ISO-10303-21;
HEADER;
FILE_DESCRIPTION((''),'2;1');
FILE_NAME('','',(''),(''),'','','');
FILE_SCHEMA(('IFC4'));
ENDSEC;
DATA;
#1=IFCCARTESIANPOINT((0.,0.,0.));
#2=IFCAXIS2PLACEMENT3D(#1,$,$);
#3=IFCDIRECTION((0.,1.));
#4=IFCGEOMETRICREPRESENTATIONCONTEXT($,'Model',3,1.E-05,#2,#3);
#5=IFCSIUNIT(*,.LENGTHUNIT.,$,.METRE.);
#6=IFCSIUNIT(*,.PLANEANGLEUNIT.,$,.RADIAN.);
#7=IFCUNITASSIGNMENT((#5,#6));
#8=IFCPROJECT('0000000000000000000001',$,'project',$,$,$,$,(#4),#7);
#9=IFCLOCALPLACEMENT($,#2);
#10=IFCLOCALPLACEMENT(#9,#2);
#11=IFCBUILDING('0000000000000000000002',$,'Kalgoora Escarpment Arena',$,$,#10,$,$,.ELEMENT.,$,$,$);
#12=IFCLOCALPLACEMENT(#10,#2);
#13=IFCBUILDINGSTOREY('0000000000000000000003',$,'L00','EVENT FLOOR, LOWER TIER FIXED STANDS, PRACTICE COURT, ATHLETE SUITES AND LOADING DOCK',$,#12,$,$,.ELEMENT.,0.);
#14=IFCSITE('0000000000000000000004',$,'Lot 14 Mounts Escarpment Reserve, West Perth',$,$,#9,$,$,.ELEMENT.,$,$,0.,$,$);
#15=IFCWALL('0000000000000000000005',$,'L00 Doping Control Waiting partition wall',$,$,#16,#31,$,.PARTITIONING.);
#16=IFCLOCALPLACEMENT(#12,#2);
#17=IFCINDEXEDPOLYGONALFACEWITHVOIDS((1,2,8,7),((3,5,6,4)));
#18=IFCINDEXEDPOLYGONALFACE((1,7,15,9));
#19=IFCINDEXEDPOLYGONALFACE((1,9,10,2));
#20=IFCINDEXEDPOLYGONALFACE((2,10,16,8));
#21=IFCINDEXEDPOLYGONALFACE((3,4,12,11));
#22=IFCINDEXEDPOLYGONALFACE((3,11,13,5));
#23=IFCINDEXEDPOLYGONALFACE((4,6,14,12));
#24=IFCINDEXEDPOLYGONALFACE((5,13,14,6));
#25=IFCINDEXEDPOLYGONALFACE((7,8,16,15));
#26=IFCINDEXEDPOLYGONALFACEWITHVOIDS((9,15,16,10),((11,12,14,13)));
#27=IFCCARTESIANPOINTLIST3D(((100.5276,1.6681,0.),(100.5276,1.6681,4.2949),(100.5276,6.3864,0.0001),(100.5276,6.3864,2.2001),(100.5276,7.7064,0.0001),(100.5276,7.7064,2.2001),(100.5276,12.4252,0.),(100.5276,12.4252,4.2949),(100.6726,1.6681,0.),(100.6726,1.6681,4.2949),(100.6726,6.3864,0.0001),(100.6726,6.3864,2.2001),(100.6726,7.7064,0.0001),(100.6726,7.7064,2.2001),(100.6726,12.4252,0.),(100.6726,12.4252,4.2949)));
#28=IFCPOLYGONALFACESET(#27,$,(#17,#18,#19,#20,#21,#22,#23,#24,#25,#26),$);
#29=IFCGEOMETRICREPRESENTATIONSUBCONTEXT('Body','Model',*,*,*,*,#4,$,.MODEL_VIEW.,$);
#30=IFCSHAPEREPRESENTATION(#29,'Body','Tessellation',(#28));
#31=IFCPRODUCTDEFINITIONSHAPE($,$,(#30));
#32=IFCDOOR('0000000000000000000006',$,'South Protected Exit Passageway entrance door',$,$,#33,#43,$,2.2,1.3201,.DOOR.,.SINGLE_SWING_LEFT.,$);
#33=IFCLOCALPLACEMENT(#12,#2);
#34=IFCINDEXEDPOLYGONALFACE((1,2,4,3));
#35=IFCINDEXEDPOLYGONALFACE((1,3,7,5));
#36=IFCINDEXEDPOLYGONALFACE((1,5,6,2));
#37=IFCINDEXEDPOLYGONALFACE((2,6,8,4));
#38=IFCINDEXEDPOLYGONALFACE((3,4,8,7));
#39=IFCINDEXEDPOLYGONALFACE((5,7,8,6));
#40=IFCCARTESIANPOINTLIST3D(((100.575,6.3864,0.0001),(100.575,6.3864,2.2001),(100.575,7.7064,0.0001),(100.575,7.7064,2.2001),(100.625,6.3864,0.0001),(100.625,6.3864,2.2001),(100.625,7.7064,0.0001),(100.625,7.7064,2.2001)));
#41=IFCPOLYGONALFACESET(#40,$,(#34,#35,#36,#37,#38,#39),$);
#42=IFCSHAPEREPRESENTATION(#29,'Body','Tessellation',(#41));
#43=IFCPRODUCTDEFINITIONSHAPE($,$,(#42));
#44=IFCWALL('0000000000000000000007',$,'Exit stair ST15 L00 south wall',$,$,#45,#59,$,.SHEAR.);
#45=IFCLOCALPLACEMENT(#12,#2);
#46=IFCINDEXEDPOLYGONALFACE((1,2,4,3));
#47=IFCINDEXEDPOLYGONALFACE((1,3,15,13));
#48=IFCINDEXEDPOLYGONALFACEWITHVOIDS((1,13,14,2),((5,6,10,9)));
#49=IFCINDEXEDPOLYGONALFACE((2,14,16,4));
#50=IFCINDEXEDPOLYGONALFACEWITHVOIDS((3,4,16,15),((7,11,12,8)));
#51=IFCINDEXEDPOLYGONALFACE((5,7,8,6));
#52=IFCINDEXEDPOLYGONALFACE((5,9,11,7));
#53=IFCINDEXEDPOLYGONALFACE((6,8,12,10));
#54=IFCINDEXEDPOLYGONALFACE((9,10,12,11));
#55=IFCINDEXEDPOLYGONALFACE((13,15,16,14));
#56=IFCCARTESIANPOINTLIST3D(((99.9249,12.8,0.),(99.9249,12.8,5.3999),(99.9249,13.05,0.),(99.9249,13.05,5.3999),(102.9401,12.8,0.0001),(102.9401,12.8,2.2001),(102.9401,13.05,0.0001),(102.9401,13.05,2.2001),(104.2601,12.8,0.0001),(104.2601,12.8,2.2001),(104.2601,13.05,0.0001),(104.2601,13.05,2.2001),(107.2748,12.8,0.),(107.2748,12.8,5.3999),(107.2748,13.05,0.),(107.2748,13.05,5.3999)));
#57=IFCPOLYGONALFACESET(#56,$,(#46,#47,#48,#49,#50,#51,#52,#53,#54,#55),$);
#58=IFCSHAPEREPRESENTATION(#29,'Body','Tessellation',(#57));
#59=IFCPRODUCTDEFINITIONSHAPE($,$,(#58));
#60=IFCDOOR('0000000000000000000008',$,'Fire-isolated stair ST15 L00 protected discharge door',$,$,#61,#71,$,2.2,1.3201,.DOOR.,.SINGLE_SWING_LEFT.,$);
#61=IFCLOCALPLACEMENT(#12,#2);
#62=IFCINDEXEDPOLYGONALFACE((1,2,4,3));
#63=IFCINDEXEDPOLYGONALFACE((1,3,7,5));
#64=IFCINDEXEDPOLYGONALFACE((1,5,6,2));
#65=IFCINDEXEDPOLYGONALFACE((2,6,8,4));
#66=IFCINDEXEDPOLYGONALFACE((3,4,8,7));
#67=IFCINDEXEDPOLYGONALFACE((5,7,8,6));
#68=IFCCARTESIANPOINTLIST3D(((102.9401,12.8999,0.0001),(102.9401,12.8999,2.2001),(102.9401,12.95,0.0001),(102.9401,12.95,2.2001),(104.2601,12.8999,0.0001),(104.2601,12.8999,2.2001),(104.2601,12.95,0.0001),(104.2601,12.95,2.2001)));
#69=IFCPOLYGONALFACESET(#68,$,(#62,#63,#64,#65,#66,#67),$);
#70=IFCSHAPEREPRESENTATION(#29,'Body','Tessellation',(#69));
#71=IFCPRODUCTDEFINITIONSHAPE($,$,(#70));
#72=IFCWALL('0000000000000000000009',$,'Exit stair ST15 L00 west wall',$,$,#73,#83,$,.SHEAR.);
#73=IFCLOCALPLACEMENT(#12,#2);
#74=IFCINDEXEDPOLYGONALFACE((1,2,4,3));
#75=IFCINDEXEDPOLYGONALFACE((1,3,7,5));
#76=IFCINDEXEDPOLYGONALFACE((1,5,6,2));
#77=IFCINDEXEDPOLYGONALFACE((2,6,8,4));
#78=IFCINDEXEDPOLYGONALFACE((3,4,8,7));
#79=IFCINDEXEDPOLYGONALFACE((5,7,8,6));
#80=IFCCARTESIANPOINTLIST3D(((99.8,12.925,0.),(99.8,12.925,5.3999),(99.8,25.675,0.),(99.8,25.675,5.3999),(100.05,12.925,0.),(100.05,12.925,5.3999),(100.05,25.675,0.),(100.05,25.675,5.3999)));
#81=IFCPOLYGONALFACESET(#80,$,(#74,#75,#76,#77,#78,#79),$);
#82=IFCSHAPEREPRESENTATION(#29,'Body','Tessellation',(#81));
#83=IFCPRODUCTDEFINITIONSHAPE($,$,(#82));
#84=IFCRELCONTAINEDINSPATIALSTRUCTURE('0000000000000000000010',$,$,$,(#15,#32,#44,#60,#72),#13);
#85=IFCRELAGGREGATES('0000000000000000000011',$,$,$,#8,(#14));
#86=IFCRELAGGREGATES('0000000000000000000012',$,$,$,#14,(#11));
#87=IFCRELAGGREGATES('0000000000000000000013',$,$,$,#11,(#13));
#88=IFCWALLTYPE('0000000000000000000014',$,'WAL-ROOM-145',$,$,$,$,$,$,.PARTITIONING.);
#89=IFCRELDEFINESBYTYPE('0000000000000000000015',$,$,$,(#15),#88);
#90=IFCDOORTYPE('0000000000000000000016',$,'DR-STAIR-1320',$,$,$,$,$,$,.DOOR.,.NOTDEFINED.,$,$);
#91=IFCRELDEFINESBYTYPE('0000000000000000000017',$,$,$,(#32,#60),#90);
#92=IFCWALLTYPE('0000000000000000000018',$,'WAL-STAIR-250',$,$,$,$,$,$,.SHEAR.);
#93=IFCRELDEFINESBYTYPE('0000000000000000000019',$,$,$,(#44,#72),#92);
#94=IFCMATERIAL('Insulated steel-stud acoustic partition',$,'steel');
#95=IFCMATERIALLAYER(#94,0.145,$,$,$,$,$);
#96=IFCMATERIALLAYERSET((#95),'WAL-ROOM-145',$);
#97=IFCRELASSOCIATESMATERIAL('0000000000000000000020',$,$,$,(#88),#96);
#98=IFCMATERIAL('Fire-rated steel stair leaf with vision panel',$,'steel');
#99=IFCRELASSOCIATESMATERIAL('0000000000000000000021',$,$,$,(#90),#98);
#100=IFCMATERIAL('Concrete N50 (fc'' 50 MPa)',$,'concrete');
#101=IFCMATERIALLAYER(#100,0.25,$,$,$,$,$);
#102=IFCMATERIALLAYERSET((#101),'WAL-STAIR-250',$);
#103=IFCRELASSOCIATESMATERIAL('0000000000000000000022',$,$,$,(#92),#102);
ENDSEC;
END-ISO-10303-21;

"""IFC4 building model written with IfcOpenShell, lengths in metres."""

from ifc_helpers import new_model, si_unit, direction, frame, frame_2d, origin, place, context, subcontext, project, spatial, rectangle, extrude, material, layer, layer_set, type_object, element, fill, save


model = new_model("IFC4")

# Units and contexts
model_context = context("Model", 3, precision=1e-05, world=origin(), true_north=direction((0.0, 1.0)))
body_context = subcontext(model_context, "Body", "Model", "MODEL_VIEW")
ifc_project = project(units=[si_unit("LENGTHUNIT", "METRE"), si_unit("PLANEANGLEUNIT", "RADIAN")], contexts=[model_context])

# Site, building, storey
site_placement = place(None, origin())
site = spatial("IfcSite", under=ifc_project, at=site_placement, Name="Lot 14 Mounts Escarpment Reserve, West Perth", CompositionType="ELEMENT", RefElevation=0.0)
building_placement = place(site_placement, origin())
building = spatial("IfcBuilding", under=site, at=building_placement, Name="Kalgoora Escarpment Arena", CompositionType="ELEMENT")
storey_placement = place(building_placement, origin())
storey = spatial("IfcBuildingStorey", under=building, at=storey_placement, Name="L00", Description="EVENT FLOOR, LOWER TIER FIXED STANDS, PRACTICE COURT, ATHLETE SUITES AND LOADING DOCK", CompositionType="ELEMENT", Elevation=0.0)

# Shared definitions
ifc_material_1 = material(Name="Insulated steel-stud acoustic partition", Category="steel")
ifc_layer_1 = layer(ifc_material_1, 0.145)
ifc_layer_set_1 = layer_set([ifc_layer_1], Name="WAL-ROOM-145")
wall_type_1 = type_object("IfcWallType", Name="WAL-ROOM-145", PredefinedType="PARTITIONING", material=ifc_layer_set_1)

# Walls, openings, doors
wall_1_placement = place(storey_placement, frame((100.6001, 12.425, 0.0), z_axis=(0.0, 0.0, 1.0), x_axis=(0.0, -1.0, 0.0)))
wall_1 = element("IfcWall", 1, at=wall_1_placement, inside=storey, type_object=wall_type_1, Name="L00 Doping Control Waiting partition wall", PredefinedType="PARTITIONING", context=body_context, shape_type="SweptSolid", body=[
    extrude(rectangle(XDim=10.7571, YDim=0.145, at=frame_2d((5.3784, 0.0))), origin(), (0.0, 0.0, 1.0), 4.2949),
])
opening_1_placement = place(wall_1_placement, frame((4.7185, 0.0, 0.0)))
opening_1 = element("IfcOpeningElement", 2, at=opening_1_placement, cuts=wall_1, PredefinedType="OPENING", context=body_context, shape_type="SweptSolid", body=[
    extrude(rectangle(XDim=1.3201, YDim=2.2, at=frame_2d((0.6602, 1.1001))), frame((0.0, 0.0825, 0.0), z_axis=(0.0, -1.0, 0.0), x_axis=(1.0, 0.0, 0.0)), (0.0, 0.0, 1.0), 0.165),
])
ifc_material_2 = material(Name="Fire-rated steel stair leaf with vision panel", Category="steel")
door_type_1 = type_object("IfcDoorType", Name="DR-STAIR-1320", OperationType="NOTDEFINED", PredefinedType="DOOR", material=ifc_material_2)
door_1_placement = place(opening_1_placement, origin())
door_1 = element("IfcDoor", 3, at=door_1_placement, inside=storey, type_object=door_type_1, Name="South Protected Exit Passageway entrance door", OperationType="SINGLE_SWING_LEFT", OverallHeight=2.2, OverallWidth=1.3201, PredefinedType="DOOR", context=body_context, shape_type="SweptSolid", body=[
    extrude(rectangle(XDim=1.3201, YDim=2.2, at=frame_2d((0.6602, 1.1001))), frame((0.0, 0.0249, 0.0), z_axis=(0.0, -1.0, 0.0), x_axis=(1.0, 0.0, 0.0)), (0.0, 0.0, 1.0), 0.05),
])
fill(opening_1, door_1)
ifc_material_3 = material(Name="Concrete N50 (fc' 50 MPa)", Category="concrete")
ifc_layer_2 = layer(ifc_material_3, 0.25)
ifc_layer_set_2 = layer_set([ifc_layer_2], Name="WAL-STAIR-250")
wall_type_2 = type_object("IfcWallType", Name="WAL-STAIR-250", PredefinedType="SHEAR", material=ifc_layer_set_2)
wall_2_placement = place(storey_placement, frame((99.925, 12.925, 0.0), z_axis=(0.0, 0.0, 1.0), x_axis=(1.0, 0.0, 0.0)))
wall_2 = element("IfcWall", 4, at=wall_2_placement, inside=storey, type_object=wall_type_2, Name="Exit stair ST15 L00 south wall", PredefinedType="SHEAR", context=body_context, shape_type="SweptSolid", body=[
    extrude(rectangle(XDim=7.3499, YDim=0.25, at=frame_2d((3.6748, 0.0))), origin(), (0.0, 0.0, 1.0), 5.3999),
])
opening_2_placement = place(wall_2_placement, frame((3.0149, 0.0, 0.0)))
opening_2 = element("IfcOpeningElement", 5, at=opening_2_placement, cuts=wall_2, PredefinedType="OPENING", context=body_context, shape_type="SweptSolid", body=[
    extrude(rectangle(XDim=1.3201, YDim=2.2, at=frame_2d((0.6602, 1.1001))), frame((0.0, 0.135, 0.0), z_axis=(0.0, -1.0, 0.0), x_axis=(1.0, 0.0, 0.0)), (0.0, 0.0, 1.0), 0.27),
])
door_2_placement = place(opening_2_placement, origin())
door_2 = element("IfcDoor", 6, at=door_2_placement, inside=storey, type_object=door_type_1, Name="Fire-isolated stair ST15 L00 protected discharge door", OperationType="SINGLE_SWING_LEFT", OverallHeight=2.2, OverallWidth=1.3201, PredefinedType="DOOR", context=body_context, shape_type="SweptSolid", body=[
    extrude(rectangle(XDim=1.3201, YDim=2.2, at=frame_2d((0.6602, 1.1001))), frame((0.0, 0.0249, 0.0), z_axis=(0.0, -1.0, 0.0), x_axis=(1.0, 0.0, 0.0)), (0.0, 0.0, 1.0), 0.05),
])
fill(opening_2, door_2)

# Wall
wall_3_placement = place(storey_placement, frame((99.925, 12.925, 0.0), z_axis=(0.0, 0.0, 1.0), x_axis=(0.0, 1.0, 0.0)))
element("IfcWall", 7, at=wall_3_placement, inside=storey, type_object=wall_type_2, Name="Exit stair ST15 L00 west wall", PredefinedType="SHEAR", context=body_context, shape_type="SweptSolid", body=[
    extrude(rectangle(XDim=12.75, YDim=0.25, at=frame_2d((6.375, 0.0))), origin(), (0.0, 0.0, 1.0), 5.3999),
])

save(model, "model.ifc")
